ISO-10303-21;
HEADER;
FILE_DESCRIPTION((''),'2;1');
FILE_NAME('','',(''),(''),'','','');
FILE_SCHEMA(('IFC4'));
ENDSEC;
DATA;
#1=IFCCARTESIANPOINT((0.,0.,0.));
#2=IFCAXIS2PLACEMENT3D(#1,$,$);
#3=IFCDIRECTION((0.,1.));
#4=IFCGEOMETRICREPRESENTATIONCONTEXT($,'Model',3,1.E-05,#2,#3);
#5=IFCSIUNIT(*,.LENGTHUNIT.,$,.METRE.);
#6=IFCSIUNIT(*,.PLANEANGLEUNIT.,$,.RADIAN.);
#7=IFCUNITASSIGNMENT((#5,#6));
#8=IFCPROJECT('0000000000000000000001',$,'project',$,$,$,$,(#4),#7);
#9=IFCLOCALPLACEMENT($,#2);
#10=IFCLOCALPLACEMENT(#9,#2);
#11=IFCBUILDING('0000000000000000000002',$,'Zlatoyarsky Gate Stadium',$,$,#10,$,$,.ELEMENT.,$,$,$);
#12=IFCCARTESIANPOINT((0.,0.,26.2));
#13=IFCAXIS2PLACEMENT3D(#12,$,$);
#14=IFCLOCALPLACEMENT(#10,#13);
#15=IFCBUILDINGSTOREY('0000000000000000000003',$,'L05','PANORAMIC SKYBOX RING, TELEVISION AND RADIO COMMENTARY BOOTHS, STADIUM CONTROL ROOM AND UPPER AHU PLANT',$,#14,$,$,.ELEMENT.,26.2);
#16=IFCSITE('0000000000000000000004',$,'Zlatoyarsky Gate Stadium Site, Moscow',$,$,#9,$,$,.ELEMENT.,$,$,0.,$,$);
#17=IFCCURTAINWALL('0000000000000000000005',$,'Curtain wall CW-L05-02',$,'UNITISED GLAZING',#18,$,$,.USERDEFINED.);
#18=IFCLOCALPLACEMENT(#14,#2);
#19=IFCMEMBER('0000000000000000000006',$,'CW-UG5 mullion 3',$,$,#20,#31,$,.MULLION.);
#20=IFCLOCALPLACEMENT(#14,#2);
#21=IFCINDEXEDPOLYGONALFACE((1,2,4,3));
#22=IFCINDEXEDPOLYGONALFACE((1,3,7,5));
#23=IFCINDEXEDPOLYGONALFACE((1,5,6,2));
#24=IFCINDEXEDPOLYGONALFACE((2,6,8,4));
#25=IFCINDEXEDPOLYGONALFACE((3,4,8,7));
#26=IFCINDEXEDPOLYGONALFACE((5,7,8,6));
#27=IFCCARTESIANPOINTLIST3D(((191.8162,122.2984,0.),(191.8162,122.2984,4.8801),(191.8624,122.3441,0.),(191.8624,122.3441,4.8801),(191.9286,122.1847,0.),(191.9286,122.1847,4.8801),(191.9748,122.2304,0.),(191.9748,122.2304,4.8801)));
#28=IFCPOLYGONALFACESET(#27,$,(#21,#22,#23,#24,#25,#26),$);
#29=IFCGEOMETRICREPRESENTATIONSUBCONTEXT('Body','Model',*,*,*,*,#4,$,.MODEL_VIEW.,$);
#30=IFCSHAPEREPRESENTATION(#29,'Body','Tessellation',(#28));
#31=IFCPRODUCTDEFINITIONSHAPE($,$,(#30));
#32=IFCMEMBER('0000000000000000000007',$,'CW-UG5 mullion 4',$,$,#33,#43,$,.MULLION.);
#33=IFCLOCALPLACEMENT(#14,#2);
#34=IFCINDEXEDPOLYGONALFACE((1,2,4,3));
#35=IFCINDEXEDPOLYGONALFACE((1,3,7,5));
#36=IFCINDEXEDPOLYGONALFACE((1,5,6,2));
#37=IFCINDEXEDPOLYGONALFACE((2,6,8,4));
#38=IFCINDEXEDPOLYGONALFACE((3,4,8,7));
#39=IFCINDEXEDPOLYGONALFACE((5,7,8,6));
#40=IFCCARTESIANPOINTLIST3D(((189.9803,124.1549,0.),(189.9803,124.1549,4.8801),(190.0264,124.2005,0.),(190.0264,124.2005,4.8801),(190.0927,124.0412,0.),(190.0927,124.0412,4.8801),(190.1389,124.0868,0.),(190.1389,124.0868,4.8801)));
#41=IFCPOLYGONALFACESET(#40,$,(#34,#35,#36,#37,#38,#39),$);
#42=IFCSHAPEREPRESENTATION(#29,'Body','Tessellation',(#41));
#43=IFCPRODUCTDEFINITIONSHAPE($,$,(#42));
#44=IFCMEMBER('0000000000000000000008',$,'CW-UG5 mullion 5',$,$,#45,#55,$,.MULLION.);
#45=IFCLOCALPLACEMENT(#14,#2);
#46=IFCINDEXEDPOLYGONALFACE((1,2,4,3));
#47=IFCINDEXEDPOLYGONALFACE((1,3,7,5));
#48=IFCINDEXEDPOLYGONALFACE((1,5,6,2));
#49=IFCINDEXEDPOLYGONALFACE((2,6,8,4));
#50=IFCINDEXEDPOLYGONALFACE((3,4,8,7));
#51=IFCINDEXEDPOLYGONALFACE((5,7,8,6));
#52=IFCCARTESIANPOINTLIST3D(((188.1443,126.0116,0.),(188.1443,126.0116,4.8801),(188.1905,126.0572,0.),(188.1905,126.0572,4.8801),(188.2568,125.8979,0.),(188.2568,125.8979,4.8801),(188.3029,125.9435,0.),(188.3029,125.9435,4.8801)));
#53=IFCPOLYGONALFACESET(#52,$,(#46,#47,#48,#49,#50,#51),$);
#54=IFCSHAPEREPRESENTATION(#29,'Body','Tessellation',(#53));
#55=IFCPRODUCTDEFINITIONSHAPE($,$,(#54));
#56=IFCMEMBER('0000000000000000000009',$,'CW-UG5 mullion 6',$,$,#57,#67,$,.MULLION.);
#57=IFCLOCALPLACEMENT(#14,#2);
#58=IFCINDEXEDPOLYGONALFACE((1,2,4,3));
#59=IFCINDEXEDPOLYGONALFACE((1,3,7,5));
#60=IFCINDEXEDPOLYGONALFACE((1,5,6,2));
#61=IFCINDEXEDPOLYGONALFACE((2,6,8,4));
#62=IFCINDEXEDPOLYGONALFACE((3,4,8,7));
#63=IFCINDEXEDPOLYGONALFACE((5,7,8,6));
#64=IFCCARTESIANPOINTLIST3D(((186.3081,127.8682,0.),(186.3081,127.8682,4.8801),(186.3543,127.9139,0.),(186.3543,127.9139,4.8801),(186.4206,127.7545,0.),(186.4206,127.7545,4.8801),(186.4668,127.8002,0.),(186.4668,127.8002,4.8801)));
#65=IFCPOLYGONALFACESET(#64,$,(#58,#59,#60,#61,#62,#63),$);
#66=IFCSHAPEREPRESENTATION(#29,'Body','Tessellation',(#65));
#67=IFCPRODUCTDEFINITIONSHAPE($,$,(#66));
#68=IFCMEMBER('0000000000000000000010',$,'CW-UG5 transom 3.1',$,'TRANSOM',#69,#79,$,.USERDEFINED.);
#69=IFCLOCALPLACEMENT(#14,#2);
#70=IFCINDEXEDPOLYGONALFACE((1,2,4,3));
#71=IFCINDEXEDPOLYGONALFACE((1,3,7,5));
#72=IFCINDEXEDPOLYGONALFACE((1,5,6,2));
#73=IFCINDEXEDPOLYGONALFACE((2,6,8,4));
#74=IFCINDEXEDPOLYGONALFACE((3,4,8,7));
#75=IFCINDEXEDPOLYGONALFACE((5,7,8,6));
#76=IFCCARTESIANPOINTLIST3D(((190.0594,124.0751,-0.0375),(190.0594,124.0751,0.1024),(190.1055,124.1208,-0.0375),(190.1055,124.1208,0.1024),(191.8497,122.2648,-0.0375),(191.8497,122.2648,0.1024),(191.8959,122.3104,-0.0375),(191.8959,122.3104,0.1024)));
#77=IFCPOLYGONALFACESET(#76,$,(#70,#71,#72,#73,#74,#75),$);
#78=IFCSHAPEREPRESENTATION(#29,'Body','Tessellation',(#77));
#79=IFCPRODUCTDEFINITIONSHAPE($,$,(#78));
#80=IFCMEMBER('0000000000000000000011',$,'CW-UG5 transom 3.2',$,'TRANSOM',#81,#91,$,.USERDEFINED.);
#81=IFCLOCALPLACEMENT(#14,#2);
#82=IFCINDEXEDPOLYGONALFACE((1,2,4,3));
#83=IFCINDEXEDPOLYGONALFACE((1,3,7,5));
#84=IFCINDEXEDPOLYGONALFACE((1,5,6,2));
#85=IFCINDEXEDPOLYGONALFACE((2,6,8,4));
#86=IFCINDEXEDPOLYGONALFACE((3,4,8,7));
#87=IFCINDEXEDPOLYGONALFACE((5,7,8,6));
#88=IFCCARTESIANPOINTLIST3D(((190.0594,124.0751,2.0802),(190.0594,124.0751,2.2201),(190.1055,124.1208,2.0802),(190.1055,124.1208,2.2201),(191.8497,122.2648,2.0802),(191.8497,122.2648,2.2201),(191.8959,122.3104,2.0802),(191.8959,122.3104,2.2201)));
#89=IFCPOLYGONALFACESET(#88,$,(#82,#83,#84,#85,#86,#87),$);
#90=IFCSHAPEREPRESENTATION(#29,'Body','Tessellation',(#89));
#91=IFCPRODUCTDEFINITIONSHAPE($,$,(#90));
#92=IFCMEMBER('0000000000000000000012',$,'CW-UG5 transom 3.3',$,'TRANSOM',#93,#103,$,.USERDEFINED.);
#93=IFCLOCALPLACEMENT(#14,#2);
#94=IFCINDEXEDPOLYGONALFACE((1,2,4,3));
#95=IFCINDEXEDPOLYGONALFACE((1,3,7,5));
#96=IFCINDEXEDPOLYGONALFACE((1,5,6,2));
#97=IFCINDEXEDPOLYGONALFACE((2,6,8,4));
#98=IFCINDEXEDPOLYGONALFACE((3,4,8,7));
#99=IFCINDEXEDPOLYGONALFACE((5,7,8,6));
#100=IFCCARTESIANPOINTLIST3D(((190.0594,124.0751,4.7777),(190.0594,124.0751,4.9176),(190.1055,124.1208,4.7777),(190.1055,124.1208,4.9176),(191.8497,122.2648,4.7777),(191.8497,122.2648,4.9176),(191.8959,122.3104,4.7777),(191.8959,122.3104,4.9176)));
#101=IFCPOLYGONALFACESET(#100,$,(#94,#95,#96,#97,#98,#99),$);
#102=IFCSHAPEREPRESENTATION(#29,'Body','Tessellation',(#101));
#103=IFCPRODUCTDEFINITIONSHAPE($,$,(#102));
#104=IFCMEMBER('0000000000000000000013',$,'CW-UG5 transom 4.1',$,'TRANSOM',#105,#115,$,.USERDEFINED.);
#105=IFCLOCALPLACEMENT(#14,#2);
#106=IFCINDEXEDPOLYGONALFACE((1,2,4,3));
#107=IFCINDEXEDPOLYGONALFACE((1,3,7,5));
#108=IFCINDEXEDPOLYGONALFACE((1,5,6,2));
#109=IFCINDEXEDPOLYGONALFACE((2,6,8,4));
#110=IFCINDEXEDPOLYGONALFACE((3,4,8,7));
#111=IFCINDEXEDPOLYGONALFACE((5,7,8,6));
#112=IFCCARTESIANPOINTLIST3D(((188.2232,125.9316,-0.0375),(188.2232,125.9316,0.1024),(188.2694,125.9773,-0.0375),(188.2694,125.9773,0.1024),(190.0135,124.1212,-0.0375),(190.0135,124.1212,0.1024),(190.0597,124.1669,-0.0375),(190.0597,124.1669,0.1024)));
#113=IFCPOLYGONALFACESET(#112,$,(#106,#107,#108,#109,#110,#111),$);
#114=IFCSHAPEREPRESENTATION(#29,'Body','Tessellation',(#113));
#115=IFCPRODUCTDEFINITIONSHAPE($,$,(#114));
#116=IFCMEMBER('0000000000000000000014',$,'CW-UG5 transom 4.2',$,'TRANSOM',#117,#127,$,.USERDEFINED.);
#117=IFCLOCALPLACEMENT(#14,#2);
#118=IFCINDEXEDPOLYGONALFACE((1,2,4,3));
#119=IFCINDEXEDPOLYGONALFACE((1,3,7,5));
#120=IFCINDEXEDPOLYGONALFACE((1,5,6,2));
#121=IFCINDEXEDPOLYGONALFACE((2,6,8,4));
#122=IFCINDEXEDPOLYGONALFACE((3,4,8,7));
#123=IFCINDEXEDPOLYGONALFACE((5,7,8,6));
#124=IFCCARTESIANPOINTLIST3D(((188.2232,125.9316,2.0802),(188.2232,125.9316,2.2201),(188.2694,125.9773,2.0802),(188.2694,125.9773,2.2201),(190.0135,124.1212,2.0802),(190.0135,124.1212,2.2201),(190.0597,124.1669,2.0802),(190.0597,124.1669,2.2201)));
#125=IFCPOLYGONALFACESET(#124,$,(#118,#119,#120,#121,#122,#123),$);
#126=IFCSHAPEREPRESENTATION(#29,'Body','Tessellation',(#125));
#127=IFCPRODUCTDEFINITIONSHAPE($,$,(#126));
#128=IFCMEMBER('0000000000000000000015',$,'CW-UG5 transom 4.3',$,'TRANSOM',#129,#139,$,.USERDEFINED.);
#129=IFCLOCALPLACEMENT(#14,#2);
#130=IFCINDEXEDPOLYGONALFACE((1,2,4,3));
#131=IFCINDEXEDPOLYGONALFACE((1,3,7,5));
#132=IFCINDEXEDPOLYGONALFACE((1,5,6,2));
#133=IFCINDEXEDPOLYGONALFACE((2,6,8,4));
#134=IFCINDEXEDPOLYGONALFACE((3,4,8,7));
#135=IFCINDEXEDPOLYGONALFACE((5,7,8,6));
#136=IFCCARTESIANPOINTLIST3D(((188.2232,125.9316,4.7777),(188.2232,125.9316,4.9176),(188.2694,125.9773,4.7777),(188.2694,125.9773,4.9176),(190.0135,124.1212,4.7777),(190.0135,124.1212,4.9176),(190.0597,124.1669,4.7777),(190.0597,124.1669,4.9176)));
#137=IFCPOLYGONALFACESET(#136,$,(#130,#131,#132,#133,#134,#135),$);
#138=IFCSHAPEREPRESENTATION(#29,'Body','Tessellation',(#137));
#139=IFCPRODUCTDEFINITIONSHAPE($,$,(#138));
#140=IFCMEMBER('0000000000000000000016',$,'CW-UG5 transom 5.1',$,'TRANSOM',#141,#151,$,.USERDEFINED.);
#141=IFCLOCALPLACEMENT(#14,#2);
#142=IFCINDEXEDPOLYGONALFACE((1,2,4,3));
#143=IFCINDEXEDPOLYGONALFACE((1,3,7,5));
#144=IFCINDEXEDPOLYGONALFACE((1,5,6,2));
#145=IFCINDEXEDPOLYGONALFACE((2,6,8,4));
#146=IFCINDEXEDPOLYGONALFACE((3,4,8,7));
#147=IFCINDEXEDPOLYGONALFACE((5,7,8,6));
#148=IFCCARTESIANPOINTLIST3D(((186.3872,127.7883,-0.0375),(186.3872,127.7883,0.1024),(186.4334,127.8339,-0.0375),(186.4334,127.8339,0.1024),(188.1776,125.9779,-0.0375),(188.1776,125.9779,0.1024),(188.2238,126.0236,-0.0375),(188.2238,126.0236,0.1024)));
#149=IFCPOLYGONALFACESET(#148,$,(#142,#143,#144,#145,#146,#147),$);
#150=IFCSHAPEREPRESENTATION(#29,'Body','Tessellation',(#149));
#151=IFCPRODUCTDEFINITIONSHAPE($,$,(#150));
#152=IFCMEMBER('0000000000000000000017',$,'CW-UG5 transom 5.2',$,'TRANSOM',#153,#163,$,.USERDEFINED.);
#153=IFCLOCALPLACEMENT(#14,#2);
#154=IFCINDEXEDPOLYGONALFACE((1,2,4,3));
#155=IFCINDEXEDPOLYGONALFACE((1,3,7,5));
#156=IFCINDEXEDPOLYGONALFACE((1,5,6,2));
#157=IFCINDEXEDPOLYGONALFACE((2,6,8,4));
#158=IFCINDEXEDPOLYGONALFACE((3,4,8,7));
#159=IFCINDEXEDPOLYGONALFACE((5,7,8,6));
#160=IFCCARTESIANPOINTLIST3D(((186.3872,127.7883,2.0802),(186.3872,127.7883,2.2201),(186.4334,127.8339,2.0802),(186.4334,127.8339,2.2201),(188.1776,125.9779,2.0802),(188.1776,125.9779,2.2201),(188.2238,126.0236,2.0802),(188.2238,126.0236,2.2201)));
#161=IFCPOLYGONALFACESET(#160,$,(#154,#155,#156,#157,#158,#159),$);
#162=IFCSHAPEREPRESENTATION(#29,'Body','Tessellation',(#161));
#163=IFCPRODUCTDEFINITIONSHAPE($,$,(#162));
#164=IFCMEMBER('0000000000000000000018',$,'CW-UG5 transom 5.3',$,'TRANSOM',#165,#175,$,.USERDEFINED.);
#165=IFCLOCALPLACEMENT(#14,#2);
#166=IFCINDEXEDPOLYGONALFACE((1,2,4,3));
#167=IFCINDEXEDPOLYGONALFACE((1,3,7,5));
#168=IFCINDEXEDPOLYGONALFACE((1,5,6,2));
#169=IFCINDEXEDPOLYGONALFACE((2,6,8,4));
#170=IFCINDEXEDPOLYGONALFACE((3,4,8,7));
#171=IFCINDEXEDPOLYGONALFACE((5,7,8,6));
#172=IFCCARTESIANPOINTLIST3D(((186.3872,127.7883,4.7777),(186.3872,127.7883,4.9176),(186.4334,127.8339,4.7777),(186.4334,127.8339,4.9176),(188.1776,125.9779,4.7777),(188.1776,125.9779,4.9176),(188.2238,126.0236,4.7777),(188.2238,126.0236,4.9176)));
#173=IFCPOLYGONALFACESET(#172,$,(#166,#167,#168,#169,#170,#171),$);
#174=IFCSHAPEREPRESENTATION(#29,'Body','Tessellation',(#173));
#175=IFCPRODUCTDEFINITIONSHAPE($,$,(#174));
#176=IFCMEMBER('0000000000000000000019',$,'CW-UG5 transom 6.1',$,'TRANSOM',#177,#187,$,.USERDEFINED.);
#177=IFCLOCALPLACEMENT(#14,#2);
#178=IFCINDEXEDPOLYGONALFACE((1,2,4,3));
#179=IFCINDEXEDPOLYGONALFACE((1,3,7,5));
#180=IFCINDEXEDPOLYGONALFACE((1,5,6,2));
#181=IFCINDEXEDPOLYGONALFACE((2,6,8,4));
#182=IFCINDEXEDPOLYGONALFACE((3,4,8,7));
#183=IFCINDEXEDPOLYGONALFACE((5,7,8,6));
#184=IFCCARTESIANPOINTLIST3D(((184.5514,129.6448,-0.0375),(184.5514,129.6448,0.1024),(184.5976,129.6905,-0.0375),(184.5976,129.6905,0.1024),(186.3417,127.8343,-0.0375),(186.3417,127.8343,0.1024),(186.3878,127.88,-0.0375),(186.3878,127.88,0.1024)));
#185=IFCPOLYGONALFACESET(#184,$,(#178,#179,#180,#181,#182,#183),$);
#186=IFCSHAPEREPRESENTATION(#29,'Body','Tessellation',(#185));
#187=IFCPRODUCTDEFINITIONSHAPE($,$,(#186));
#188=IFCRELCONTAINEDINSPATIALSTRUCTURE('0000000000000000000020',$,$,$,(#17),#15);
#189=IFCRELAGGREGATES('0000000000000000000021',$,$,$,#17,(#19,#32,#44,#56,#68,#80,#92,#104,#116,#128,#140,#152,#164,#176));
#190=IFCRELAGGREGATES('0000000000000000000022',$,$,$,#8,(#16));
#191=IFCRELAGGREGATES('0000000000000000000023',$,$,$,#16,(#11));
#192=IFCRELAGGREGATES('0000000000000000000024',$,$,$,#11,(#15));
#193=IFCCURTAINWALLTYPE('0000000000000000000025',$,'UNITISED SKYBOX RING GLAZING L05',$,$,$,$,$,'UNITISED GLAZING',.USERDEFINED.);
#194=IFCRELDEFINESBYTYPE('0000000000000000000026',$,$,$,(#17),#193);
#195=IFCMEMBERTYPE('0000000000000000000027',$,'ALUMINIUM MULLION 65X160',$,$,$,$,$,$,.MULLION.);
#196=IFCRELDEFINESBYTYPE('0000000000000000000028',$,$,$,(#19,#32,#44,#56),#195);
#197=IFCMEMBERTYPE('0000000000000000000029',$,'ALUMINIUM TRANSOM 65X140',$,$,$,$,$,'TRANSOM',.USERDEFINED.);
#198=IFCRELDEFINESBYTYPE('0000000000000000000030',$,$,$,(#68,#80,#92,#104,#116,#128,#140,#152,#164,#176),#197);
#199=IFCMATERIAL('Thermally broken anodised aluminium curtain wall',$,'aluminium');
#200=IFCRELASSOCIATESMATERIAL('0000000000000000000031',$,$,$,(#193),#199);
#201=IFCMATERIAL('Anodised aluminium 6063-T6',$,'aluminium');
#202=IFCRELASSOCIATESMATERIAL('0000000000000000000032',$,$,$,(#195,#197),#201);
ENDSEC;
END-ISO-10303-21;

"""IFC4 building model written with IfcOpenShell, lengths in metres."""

from ifc_helpers import new_model, si_unit, direction, frame, origin, origin_2d, place, context, subcontext, project, spatial, rectangle, extrude, material, material_profile, profile_set, type_object, element, aggregate, save


model = new_model("IFC4")

# Units and contexts
model_context = context("Model", 3, precision=1e-05, world=origin(), true_north=direction((0.0, 1.0)))
body_context = subcontext(model_context, "Body", "Model", "MODEL_VIEW")
ifc_project = project(units=[si_unit("LENGTHUNIT", "METRE"), si_unit("PLANEANGLEUNIT", "RADIAN")], contexts=[model_context])

# Site, building, storey
site_placement = place(None, origin())
site = spatial("IfcSite", under=ifc_project, at=site_placement, Name="Zlatoyarsky Gate Stadium Site, Moscow", CompositionType="ELEMENT", RefElevation=0.0)
building_placement = place(site_placement, origin())
building = spatial("IfcBuilding", under=site, at=building_placement, Name="Zlatoyarsky Gate Stadium", CompositionType="ELEMENT")
storey_placement = place(building_placement, frame((0.0, 0.0, 26.2)))
storey = spatial("IfcBuildingStorey", under=building, at=storey_placement, Name="L05", Description="PANORAMIC SKYBOX RING, TELEVISION AND RADIO COMMENTARY BOOTHS, STADIUM CONTROL ROOM AND UPPER AHU PLANT", CompositionType="ELEMENT", Elevation=26.2)

# Curtain wall, members
ifc_material_1 = material(Name="Thermally broken anodised aluminium curtain wall", Category="aluminium")
curtain_wall_type = type_object("IfcCurtainWallType", Name="UNITISED SKYBOX RING GLAZING L05", ElementType="UNITISED GLAZING", PredefinedType="USERDEFINED", material=ifc_material_1)
curtain_wall_placement = place(storey_placement, origin())
curtain_wall = element("IfcCurtainWall", 1, at=curtain_wall_placement, inside=storey, type_object=curtain_wall_type, Name="Curtain wall CW-L05-02", ObjectType="UNITISED GLAZING", PredefinedType="USERDEFINED")
ifc_material_2 = material(Name="Anodised aluminium 6063-T6", Category="aluminium")
ifc_material_profile_1 = material_profile(ifc_material_2, rectangle(XDim=0.0649, YDim=0.1599, at=origin_2d()), Name="ALU 65X160")
ifc_profile_set_1 = profile_set([ifc_material_profile_1], Name="Anodised aluminium 6063-T6")
member_type_1 = type_object("IfcMemberType", Name="ALUMINIUM MULLION 65X160", PredefinedType="MULLION", material=ifc_profile_set_1)
member_1_placement = place(storey_placement, frame((191.8955, 122.2644, 0.0), z_axis=(0.0, 0.0, 1.0), x_axis=(-0.711036, -0.703156, 0.0)))
member_1 = element("IfcMember", 2, at=member_1_placement, type_object=member_type_1, Name="CW-UG5 mullion 3", PredefinedType="MULLION", context=body_context, shape_type="SweptSolid", body=[
    extrude(rectangle(XDim=0.0649, YDim=0.1599, at=origin_2d()), origin(), (0.0, 0.0, 1.0), 4.8801),
])
member_2_placement = place(storey_placement, frame((190.0596, 124.1208, 0.0), z_axis=(0.0, 0.0, 1.0), x_axis=(-0.711036, -0.703156, 0.0)))
member_2 = element("IfcMember", 3, at=member_2_placement, type_object=member_type_1, Name="CW-UG5 mullion 4", PredefinedType="MULLION", context=body_context, shape_type="SweptSolid", body=[
    extrude(rectangle(XDim=0.0649, YDim=0.1599, at=origin_2d()), origin(), (0.0, 0.0, 1.0), 4.8801),
])
member_3_placement = place(storey_placement, frame((188.2236, 125.9775, 0.0), z_axis=(0.0, 0.0, 1.0), x_axis=(-0.711036, -0.703156, 0.0)))
member_3 = element("IfcMember", 4, at=member_3_placement, type_object=member_type_1, Name="CW-UG5 mullion 5", PredefinedType="MULLION", context=body_context, shape_type="SweptSolid", body=[
    extrude(rectangle(XDim=0.0649, YDim=0.1599, at=origin_2d()), origin(), (0.0, 0.0, 1.0), 4.8801),
])
member_4_placement = place(storey_placement, frame((186.3875, 127.8342, 0.0), z_axis=(0.0, 0.0, 1.0), x_axis=(-0.711036, -0.703156, 0.0)))
member_4 = element("IfcMember", 5, at=member_4_placement, type_object=member_type_1, Name="CW-UG5 mullion 6", PredefinedType="MULLION", context=body_context, shape_type="SweptSolid", body=[
    extrude(rectangle(XDim=0.0649, YDim=0.1599, at=origin_2d()), origin(), (0.0, 0.0, 1.0), 4.8801),
])
ifc_material_profile_2 = material_profile(ifc_material_2, rectangle(XDim=0.0649, YDim=0.1399, at=origin_2d()), Name="ALU 65X140")
ifc_profile_set_2 = profile_set([ifc_material_profile_2], Name="Anodised aluminium 6063-T6")
member_type_2 = type_object("IfcMemberType", Name="ALUMINIUM TRANSOM 65X140", ElementType="TRANSOM", PredefinedType="USERDEFINED", material=ifc_profile_set_2)
member_5_placement = place(storey_placement, frame((191.8728, 122.2876, 0.0325), z_axis=(-0.703164, 0.711027, 0.0), x_axis=(-0.711027, -0.703164, 0.0)))
member_5 = element("IfcMember", 6, at=member_5_placement, type_object=member_type_2, Name="CW-UG5 transom 3.1", ObjectType="TRANSOM", PredefinedType="USERDEFINED", context=body_context, shape_type="SweptSolid", body=[
    extrude(rectangle(XDim=0.0649, YDim=0.1399, at=origin_2d()), origin(), (0.0, 0.0, 1.0), 2.5461),
])
member_6_placement = place(storey_placement, frame((191.8728, 122.2876, 2.1501), z_axis=(-0.703164, 0.711027, 0.0), x_axis=(-0.711027, -0.703164, 0.0)))
member_6 = element("IfcMember", 7, at=member_6_placement, type_object=member_type_2, Name="CW-UG5 transom 3.2", ObjectType="TRANSOM", PredefinedType="USERDEFINED", context=body_context, shape_type="SweptSolid", body=[
    extrude(rectangle(XDim=0.0649, YDim=0.1399, at=origin_2d()), origin(), (0.0, 0.0, 1.0), 2.5461),
])
member_7_placement = place(storey_placement, frame((191.8728, 122.2876, 4.8477), z_axis=(-0.703164, 0.711027, 0.0), x_axis=(-0.711027, -0.703164, 0.0)))
member_7 = element("IfcMember", 8, at=member_7_placement, type_object=member_type_2, Name="CW-UG5 transom 3.3", ObjectType="TRANSOM", PredefinedType="USERDEFINED", context=body_context, shape_type="SweptSolid", body=[
    extrude(rectangle(XDim=0.0649, YDim=0.1399, at=origin_2d()), origin(), (0.0, 0.0, 1.0), 2.5461),
])
member_8_placement = place(storey_placement, frame((190.0366, 124.144, 0.0325), z_axis=(-0.703164, 0.711027, 0.0), x_axis=(-0.711027, -0.703164, 0.0)))
member_8 = element("IfcMember", 9, at=member_8_placement, type_object=member_type_2, Name="CW-UG5 transom 4.1", ObjectType="TRANSOM", PredefinedType="USERDEFINED", context=body_context, shape_type="SweptSolid", body=[
    extrude(rectangle(XDim=0.0649, YDim=0.1399, at=origin_2d()), origin(), (0.0, 0.0, 1.0), 2.5461),
])
member_9_placement = place(storey_placement, frame((190.0366, 124.144, 2.1501), z_axis=(-0.703164, 0.711027, 0.0), x_axis=(-0.711027, -0.703164, 0.0)))
member_9 = element("IfcMember", 10, at=member_9_placement, type_object=member_type_2, Name="CW-UG5 transom 4.2", ObjectType="TRANSOM", PredefinedType="USERDEFINED", context=body_context, shape_type="SweptSolid", body=[
    extrude(rectangle(XDim=0.0649, YDim=0.1399, at=origin_2d()), origin(), (0.0, 0.0, 1.0), 2.5461),
])
member_10_placement = place(storey_placement, frame((190.0366, 124.144, 4.8477), z_axis=(-0.703164, 0.711027, 0.0), x_axis=(-0.711027, -0.703164, 0.0)))
member_10 = element("IfcMember", 11, at=member_10_placement, type_object=member_type_2, Name="CW-UG5 transom 4.3", ObjectType="TRANSOM", PredefinedType="USERDEFINED", context=body_context, shape_type="SweptSolid", body=[
    extrude(rectangle(XDim=0.0649, YDim=0.1399, at=origin_2d()), origin(), (0.0, 0.0, 1.0), 2.5461),
])
member_11_placement = place(storey_placement, frame((188.2007, 126.0007, 0.0325), z_axis=(-0.703164, 0.711027, 0.0), x_axis=(-0.711027, -0.703164, 0.0)))
member_11 = element("IfcMember", 12, at=member_11_placement, type_object=member_type_2, Name="CW-UG5 transom 5.1", ObjectType="TRANSOM", PredefinedType="USERDEFINED", context=body_context, shape_type="SweptSolid", body=[
    extrude(rectangle(XDim=0.0649, YDim=0.1399, at=origin_2d()), origin(), (0.0, 0.0, 1.0), 2.5461),
])
member_12_placement = place(storey_placement, frame((188.2007, 126.0007, 2.1501), z_axis=(-0.703164, 0.711027, 0.0), x_axis=(-0.711027, -0.703164, 0.0)))
member_12 = element("IfcMember", 13, at=member_12_placement, type_object=member_type_2, Name="CW-UG5 transom 5.2", ObjectType="TRANSOM", PredefinedType="USERDEFINED", context=body_context, shape_type="SweptSolid", body=[
    extrude(rectangle(XDim=0.0649, YDim=0.1399, at=origin_2d()), origin(), (0.0, 0.0, 1.0), 2.5461),
])
member_13_placement = place(storey_placement, frame((188.2007, 126.0007, 4.8477), z_axis=(-0.703164, 0.711027, 0.0), x_axis=(-0.711027, -0.703164, 0.0)))
member_13 = element("IfcMember", 14, at=member_13_placement, type_object=member_type_2, Name="CW-UG5 transom 5.3", ObjectType="TRANSOM", PredefinedType="USERDEFINED", context=body_context, shape_type="SweptSolid", body=[
    extrude(rectangle(XDim=0.0649, YDim=0.1399, at=origin_2d()), origin(), (0.0, 0.0, 1.0), 2.5461),
])
member_14_placement = place(storey_placement, frame((186.3647, 127.8572, 0.0325), z_axis=(-0.703116, 0.711075, 0.0), x_axis=(-0.711075, -0.703116, 0.0)))
member_14 = element("IfcMember", 15, at=member_14_placement, type_object=member_type_2, Name="CW-UG5 transom 6.1", ObjectType="TRANSOM", PredefinedType="USERDEFINED", context=body_context, shape_type="SweptSolid", body=[
    extrude(rectangle(XDim=0.0649, YDim=0.1399, at=origin_2d()), origin(), (0.0, 0.0, 1.0), 2.5461),
])

aggregate(curtain_wall, [member_1, member_2, member_3, member_4, member_5, member_6, member_7, member_8, member_9, member_10, member_11, member_12, member_13, member_14])

save(model, "model.ifc")
